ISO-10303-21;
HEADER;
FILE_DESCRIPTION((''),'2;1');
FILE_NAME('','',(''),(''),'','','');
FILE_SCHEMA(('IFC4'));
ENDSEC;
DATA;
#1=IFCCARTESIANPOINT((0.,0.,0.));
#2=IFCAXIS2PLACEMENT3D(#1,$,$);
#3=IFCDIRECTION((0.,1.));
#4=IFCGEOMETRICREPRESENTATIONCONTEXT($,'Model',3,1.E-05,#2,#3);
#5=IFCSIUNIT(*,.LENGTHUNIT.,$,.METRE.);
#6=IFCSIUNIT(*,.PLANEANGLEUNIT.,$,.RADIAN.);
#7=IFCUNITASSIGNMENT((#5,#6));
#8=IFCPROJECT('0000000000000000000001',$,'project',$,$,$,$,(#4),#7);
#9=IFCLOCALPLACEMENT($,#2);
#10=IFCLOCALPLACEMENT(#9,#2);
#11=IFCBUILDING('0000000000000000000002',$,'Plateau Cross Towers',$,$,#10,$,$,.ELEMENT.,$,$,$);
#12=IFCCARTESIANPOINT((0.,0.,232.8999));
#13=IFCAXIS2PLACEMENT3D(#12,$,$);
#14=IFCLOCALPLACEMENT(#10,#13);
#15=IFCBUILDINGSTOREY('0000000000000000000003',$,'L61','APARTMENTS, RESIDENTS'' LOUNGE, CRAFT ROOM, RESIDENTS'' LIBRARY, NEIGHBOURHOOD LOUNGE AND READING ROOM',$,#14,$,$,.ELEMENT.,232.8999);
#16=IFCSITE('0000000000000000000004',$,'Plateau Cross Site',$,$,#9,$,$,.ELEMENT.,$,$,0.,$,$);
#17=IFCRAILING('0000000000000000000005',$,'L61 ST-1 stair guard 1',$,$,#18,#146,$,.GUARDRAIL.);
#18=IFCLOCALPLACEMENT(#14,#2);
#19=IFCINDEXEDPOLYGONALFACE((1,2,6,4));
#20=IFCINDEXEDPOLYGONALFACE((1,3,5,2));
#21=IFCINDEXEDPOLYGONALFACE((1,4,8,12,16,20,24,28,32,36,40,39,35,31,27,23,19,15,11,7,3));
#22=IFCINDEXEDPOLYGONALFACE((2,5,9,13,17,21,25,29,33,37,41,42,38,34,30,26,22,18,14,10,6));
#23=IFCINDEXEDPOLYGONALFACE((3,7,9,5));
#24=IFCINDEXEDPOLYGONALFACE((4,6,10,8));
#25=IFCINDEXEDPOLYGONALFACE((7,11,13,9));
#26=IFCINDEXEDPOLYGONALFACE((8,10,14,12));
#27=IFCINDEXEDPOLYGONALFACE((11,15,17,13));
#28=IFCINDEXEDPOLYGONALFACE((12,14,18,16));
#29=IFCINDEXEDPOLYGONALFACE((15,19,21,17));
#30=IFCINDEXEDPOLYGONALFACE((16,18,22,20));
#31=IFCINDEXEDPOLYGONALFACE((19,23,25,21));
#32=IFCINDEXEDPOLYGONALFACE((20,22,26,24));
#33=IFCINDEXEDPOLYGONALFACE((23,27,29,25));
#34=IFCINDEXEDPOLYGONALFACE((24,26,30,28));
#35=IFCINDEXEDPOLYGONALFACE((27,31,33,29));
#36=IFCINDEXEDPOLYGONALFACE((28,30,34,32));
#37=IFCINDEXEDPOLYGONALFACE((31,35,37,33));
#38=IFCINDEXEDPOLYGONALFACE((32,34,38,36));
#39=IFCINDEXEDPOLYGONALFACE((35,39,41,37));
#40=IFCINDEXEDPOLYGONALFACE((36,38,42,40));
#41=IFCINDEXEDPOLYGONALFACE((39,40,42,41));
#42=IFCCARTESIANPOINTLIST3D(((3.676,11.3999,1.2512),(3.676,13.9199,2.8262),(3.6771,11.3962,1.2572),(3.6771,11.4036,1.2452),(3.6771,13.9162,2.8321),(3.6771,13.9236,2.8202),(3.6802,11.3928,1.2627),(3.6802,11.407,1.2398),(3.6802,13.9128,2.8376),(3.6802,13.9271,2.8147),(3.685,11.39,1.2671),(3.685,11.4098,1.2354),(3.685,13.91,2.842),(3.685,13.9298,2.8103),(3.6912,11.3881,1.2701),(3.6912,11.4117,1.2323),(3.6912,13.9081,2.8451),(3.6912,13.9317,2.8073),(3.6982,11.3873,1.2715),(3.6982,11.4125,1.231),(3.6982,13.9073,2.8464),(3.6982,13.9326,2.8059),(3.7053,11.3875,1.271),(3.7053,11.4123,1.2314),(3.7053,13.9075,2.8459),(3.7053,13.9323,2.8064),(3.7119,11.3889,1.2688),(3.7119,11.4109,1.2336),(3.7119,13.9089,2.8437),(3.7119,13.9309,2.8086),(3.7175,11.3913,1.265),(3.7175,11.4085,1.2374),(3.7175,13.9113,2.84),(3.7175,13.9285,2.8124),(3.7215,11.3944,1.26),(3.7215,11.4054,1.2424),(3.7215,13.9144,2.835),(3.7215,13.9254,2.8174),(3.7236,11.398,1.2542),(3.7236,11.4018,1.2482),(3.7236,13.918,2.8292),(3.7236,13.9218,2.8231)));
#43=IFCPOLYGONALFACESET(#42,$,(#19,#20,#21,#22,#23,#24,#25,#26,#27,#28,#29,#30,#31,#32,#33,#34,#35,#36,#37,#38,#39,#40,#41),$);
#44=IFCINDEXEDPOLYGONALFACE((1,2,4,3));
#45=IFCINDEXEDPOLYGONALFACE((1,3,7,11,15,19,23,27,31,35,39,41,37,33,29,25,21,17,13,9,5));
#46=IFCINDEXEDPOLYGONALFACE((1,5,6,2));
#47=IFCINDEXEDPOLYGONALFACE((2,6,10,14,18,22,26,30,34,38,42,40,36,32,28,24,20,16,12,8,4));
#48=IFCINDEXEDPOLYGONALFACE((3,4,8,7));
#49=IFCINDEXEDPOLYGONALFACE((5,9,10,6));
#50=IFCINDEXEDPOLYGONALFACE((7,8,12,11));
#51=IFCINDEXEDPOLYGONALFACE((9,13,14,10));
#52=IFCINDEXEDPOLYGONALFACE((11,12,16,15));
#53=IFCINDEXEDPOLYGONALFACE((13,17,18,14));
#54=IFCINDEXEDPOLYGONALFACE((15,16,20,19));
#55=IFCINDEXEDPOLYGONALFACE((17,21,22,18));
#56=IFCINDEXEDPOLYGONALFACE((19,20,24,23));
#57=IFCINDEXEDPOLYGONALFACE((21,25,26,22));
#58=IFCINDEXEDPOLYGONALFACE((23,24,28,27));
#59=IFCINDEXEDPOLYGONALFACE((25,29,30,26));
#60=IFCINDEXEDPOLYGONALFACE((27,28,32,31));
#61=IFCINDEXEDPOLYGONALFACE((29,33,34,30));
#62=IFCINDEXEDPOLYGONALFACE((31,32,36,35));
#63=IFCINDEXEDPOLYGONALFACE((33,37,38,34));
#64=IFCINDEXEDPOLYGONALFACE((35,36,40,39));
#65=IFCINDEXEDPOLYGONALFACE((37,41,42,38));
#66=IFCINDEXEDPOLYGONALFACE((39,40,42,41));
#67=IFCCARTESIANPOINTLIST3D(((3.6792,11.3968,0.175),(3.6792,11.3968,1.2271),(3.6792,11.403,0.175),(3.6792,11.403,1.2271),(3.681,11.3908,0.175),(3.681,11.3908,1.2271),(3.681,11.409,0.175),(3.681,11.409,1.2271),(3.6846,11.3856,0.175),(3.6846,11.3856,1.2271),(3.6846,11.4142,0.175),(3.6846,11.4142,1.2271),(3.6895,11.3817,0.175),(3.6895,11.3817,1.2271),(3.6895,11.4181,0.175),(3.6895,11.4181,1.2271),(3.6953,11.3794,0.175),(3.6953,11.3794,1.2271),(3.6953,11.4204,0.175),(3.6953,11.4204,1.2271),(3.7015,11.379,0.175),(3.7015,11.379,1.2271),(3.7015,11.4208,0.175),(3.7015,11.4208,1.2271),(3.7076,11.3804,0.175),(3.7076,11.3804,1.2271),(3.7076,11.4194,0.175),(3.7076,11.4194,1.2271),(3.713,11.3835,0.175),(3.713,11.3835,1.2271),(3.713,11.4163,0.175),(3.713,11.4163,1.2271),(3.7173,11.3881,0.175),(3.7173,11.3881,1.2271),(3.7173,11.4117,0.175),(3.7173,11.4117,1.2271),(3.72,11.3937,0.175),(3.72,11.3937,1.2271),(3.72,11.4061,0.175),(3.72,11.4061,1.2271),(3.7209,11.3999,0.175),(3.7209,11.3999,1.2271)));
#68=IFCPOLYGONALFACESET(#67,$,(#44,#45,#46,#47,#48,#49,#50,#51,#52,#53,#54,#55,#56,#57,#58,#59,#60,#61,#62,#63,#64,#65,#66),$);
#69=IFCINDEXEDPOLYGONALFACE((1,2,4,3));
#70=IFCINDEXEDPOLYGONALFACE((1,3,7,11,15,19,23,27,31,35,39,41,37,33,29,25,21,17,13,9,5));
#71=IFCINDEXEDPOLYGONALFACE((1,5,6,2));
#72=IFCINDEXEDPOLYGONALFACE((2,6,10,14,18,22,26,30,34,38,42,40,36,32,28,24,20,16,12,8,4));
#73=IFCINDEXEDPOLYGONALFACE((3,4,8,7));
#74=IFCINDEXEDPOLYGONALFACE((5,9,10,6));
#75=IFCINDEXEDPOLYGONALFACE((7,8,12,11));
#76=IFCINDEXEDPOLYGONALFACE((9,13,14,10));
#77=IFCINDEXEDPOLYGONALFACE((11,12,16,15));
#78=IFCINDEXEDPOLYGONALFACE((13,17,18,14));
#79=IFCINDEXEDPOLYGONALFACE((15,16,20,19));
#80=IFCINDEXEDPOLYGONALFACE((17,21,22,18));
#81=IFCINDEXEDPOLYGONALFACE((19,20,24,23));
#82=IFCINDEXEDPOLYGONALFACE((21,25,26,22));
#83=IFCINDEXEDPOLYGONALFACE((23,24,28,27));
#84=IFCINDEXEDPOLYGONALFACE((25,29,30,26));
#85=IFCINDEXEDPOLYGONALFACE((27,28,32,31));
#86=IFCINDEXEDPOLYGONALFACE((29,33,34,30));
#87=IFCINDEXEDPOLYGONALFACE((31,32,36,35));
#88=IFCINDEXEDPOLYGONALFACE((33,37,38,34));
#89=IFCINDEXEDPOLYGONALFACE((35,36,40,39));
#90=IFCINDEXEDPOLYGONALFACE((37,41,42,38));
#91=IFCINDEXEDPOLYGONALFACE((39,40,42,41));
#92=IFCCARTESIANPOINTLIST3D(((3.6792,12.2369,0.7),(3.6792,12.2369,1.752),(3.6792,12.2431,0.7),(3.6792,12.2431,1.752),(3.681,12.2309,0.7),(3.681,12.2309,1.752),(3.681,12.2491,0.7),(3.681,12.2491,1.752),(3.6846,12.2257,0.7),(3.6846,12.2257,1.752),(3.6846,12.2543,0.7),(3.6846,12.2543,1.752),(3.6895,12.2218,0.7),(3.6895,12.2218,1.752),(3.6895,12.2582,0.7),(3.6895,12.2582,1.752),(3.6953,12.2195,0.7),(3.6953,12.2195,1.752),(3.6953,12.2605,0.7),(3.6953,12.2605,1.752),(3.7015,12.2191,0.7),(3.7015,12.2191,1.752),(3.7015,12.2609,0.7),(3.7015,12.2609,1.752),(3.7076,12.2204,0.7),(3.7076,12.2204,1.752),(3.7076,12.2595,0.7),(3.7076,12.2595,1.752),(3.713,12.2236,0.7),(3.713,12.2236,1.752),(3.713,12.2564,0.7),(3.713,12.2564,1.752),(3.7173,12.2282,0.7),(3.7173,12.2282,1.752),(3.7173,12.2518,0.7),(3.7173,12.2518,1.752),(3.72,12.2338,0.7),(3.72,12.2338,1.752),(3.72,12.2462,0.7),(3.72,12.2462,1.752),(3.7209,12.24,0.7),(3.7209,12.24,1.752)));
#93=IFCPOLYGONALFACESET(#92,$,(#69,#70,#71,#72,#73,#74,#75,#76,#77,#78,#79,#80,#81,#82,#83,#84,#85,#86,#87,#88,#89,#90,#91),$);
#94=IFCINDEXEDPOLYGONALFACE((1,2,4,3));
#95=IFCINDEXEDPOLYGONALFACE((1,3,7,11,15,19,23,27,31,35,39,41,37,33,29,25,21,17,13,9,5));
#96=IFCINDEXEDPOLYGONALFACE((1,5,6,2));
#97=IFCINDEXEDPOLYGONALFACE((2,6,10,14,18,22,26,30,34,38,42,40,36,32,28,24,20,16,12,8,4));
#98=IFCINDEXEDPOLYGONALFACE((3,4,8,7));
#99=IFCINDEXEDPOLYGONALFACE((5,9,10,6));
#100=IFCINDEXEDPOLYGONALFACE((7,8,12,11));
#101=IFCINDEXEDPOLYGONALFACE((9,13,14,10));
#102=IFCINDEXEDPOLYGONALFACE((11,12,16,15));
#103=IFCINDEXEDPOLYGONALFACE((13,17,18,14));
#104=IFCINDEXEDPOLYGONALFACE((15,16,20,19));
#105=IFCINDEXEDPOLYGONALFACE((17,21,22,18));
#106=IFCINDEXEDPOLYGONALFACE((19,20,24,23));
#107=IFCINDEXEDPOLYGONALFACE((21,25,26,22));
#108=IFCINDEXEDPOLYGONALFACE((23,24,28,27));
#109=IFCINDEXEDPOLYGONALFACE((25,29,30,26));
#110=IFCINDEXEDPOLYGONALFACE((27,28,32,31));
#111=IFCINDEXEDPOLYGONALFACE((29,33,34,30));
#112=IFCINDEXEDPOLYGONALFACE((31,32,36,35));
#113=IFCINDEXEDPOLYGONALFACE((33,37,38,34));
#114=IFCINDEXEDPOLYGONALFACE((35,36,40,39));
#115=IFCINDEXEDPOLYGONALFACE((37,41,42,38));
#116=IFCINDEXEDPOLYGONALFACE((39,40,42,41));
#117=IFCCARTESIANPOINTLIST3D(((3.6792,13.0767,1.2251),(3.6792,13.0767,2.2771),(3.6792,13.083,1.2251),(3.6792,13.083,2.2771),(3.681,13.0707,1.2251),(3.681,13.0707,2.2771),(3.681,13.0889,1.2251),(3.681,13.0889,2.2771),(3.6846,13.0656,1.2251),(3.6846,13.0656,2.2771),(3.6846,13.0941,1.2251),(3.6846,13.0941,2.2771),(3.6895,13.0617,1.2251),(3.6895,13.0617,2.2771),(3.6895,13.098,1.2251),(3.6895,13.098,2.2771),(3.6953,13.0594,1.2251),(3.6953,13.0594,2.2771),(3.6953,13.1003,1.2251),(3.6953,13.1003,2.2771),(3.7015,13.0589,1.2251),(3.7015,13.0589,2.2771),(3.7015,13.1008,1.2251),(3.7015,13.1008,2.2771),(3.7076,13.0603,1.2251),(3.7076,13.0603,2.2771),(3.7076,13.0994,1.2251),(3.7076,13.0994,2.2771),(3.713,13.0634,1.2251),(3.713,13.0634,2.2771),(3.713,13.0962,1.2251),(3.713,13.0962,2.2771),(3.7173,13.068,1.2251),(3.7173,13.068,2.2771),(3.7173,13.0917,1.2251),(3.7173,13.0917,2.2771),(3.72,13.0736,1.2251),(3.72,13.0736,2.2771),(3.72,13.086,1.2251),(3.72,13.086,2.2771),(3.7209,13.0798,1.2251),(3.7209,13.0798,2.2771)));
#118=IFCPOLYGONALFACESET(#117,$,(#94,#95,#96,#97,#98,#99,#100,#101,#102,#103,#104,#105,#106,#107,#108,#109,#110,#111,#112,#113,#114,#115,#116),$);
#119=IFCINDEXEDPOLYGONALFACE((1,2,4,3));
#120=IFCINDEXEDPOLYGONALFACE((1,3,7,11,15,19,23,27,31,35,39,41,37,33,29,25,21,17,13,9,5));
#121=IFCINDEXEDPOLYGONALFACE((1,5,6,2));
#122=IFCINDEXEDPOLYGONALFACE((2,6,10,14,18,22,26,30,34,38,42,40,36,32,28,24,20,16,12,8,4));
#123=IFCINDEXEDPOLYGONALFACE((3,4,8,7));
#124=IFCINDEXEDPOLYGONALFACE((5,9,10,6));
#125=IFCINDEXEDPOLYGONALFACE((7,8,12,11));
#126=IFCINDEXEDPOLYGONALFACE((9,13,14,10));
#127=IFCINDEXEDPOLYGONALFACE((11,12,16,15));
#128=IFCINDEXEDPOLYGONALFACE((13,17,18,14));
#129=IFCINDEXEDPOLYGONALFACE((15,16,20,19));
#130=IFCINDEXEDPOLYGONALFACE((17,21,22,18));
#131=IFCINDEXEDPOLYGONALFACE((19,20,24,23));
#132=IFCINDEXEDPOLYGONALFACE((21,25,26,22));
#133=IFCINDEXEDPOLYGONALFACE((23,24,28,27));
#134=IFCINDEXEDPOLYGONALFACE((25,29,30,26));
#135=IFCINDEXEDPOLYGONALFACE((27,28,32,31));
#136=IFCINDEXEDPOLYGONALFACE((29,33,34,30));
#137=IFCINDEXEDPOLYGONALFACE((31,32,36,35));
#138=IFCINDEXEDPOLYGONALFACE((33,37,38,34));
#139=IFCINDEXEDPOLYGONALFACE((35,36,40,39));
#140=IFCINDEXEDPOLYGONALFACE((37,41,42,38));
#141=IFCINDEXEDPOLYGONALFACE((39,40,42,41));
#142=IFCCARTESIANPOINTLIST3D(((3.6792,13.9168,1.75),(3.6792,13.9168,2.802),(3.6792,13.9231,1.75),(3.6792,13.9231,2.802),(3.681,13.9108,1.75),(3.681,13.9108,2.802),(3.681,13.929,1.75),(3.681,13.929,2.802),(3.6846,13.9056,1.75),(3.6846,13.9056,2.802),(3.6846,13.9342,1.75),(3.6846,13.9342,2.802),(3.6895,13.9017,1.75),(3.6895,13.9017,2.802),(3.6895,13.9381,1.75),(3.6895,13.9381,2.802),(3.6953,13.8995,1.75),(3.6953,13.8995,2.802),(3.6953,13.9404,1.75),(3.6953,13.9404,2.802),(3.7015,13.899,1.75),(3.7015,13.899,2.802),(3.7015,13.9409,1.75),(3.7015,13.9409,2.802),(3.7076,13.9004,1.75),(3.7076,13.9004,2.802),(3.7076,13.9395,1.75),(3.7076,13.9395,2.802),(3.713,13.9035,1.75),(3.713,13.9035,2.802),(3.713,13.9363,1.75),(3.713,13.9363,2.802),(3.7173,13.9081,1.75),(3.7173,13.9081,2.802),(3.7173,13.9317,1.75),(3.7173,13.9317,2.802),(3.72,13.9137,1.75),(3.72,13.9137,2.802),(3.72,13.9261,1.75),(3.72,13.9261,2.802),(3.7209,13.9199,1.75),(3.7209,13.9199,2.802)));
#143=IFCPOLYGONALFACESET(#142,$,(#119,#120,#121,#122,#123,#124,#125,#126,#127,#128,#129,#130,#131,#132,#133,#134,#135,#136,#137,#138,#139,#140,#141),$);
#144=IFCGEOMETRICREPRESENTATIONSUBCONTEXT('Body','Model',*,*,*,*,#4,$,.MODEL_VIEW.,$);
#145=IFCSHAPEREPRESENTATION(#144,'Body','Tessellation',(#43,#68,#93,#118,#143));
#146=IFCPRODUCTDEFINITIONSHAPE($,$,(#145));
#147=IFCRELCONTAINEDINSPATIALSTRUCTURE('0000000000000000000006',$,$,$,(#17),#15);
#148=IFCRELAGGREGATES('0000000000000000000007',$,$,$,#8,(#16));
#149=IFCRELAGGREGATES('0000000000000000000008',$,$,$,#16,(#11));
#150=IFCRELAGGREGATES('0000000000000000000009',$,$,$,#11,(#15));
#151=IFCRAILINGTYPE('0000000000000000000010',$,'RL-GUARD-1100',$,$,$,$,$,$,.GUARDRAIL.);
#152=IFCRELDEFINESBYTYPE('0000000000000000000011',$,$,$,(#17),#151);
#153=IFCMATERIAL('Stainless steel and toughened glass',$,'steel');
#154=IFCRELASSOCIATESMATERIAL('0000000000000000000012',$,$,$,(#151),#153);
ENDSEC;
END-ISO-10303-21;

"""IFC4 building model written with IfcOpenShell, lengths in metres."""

from ifc_helpers import new_model, si_unit, direction, frame, origin, origin_2d, place, context, subcontext, project, spatial, circle, extrude, material, type_object, element, save


model = new_model("IFC4")

# Units and contexts
model_context = context("Model", 3, precision=1e-05, world=origin(), true_north=direction((0.0, 1.0)))
body_context = subcontext(model_context, "Body", "Model", "MODEL_VIEW")
ifc_project = project(units=[si_unit("LENGTHUNIT", "METRE"), si_unit("PLANEANGLEUNIT", "RADIAN")], contexts=[model_context])

# Site, building, storey
site_placement = place(None, origin())
site = spatial("IfcSite", under=ifc_project, at=site_placement, Name="Plateau Cross Site", CompositionType="ELEMENT", RefElevation=0.0)
building_placement = place(site_placement, origin())
building = spatial("IfcBuilding", under=site, at=building_placement, Name="Plateau Cross Towers", CompositionType="ELEMENT")
storey_placement = place(building_placement, frame((0.0, 0.0, 232.8999)))
storey = spatial("IfcBuildingStorey", under=building, at=storey_placement, Name="L61", Description="APARTMENTS, RESIDENTS' LOUNGE, CRAFT ROOM, RESIDENTS' LIBRARY, NEIGHBOURHOOD LOUNGE AND READING ROOM", CompositionType="ELEMENT", Elevation=232.8999)

# Railing
ifc_material_1 = material(Name="Stainless steel and toughened glass", Category="steel")
railing_type_1 = type_object("IfcRailingType", Name="RL-GUARD-1100", PredefinedType="GUARDRAIL", material=ifc_material_1)
railing_1_placement = place(storey_placement, frame((3.7, 11.3999, 0.175)))
element("IfcRailing", 1, at=railing_1_placement, inside=storey, type_object=railing_type_1, Name="L61 ST-1 stair guard 1", PredefinedType="GUARDRAIL", context=body_context, shape_type="SweptSolid", body=[
    extrude(circle(Radius=0.0239, at=origin_2d()), frame((0.0, 0.0, 1.0762), z_axis=(0.0, 0.848008, 0.529984), x_axis=(-1.0, 0.0, 0.0)), (0.0, 0.0, 1.0), 2.9717),
    extrude(circle(Radius=0.021, at=origin_2d()), origin(), (0.0, 0.0, 1.0), 1.052),
    extrude(circle(Radius=0.021, at=origin_2d()), frame((0.0, 0.8401, 0.5249)), (0.0, 0.0, 1.0), 1.052),
    extrude(circle(Radius=0.021, at=origin_2d()), frame((0.0, 1.6799, 1.05)), (0.0, 0.0, 1.0), 1.052),
    extrude(circle(Radius=0.021, at=origin_2d()), frame((0.0, 2.52, 1.575)), (0.0, 0.0, 1.0), 1.052),
])

save(model, "model.ifc")
